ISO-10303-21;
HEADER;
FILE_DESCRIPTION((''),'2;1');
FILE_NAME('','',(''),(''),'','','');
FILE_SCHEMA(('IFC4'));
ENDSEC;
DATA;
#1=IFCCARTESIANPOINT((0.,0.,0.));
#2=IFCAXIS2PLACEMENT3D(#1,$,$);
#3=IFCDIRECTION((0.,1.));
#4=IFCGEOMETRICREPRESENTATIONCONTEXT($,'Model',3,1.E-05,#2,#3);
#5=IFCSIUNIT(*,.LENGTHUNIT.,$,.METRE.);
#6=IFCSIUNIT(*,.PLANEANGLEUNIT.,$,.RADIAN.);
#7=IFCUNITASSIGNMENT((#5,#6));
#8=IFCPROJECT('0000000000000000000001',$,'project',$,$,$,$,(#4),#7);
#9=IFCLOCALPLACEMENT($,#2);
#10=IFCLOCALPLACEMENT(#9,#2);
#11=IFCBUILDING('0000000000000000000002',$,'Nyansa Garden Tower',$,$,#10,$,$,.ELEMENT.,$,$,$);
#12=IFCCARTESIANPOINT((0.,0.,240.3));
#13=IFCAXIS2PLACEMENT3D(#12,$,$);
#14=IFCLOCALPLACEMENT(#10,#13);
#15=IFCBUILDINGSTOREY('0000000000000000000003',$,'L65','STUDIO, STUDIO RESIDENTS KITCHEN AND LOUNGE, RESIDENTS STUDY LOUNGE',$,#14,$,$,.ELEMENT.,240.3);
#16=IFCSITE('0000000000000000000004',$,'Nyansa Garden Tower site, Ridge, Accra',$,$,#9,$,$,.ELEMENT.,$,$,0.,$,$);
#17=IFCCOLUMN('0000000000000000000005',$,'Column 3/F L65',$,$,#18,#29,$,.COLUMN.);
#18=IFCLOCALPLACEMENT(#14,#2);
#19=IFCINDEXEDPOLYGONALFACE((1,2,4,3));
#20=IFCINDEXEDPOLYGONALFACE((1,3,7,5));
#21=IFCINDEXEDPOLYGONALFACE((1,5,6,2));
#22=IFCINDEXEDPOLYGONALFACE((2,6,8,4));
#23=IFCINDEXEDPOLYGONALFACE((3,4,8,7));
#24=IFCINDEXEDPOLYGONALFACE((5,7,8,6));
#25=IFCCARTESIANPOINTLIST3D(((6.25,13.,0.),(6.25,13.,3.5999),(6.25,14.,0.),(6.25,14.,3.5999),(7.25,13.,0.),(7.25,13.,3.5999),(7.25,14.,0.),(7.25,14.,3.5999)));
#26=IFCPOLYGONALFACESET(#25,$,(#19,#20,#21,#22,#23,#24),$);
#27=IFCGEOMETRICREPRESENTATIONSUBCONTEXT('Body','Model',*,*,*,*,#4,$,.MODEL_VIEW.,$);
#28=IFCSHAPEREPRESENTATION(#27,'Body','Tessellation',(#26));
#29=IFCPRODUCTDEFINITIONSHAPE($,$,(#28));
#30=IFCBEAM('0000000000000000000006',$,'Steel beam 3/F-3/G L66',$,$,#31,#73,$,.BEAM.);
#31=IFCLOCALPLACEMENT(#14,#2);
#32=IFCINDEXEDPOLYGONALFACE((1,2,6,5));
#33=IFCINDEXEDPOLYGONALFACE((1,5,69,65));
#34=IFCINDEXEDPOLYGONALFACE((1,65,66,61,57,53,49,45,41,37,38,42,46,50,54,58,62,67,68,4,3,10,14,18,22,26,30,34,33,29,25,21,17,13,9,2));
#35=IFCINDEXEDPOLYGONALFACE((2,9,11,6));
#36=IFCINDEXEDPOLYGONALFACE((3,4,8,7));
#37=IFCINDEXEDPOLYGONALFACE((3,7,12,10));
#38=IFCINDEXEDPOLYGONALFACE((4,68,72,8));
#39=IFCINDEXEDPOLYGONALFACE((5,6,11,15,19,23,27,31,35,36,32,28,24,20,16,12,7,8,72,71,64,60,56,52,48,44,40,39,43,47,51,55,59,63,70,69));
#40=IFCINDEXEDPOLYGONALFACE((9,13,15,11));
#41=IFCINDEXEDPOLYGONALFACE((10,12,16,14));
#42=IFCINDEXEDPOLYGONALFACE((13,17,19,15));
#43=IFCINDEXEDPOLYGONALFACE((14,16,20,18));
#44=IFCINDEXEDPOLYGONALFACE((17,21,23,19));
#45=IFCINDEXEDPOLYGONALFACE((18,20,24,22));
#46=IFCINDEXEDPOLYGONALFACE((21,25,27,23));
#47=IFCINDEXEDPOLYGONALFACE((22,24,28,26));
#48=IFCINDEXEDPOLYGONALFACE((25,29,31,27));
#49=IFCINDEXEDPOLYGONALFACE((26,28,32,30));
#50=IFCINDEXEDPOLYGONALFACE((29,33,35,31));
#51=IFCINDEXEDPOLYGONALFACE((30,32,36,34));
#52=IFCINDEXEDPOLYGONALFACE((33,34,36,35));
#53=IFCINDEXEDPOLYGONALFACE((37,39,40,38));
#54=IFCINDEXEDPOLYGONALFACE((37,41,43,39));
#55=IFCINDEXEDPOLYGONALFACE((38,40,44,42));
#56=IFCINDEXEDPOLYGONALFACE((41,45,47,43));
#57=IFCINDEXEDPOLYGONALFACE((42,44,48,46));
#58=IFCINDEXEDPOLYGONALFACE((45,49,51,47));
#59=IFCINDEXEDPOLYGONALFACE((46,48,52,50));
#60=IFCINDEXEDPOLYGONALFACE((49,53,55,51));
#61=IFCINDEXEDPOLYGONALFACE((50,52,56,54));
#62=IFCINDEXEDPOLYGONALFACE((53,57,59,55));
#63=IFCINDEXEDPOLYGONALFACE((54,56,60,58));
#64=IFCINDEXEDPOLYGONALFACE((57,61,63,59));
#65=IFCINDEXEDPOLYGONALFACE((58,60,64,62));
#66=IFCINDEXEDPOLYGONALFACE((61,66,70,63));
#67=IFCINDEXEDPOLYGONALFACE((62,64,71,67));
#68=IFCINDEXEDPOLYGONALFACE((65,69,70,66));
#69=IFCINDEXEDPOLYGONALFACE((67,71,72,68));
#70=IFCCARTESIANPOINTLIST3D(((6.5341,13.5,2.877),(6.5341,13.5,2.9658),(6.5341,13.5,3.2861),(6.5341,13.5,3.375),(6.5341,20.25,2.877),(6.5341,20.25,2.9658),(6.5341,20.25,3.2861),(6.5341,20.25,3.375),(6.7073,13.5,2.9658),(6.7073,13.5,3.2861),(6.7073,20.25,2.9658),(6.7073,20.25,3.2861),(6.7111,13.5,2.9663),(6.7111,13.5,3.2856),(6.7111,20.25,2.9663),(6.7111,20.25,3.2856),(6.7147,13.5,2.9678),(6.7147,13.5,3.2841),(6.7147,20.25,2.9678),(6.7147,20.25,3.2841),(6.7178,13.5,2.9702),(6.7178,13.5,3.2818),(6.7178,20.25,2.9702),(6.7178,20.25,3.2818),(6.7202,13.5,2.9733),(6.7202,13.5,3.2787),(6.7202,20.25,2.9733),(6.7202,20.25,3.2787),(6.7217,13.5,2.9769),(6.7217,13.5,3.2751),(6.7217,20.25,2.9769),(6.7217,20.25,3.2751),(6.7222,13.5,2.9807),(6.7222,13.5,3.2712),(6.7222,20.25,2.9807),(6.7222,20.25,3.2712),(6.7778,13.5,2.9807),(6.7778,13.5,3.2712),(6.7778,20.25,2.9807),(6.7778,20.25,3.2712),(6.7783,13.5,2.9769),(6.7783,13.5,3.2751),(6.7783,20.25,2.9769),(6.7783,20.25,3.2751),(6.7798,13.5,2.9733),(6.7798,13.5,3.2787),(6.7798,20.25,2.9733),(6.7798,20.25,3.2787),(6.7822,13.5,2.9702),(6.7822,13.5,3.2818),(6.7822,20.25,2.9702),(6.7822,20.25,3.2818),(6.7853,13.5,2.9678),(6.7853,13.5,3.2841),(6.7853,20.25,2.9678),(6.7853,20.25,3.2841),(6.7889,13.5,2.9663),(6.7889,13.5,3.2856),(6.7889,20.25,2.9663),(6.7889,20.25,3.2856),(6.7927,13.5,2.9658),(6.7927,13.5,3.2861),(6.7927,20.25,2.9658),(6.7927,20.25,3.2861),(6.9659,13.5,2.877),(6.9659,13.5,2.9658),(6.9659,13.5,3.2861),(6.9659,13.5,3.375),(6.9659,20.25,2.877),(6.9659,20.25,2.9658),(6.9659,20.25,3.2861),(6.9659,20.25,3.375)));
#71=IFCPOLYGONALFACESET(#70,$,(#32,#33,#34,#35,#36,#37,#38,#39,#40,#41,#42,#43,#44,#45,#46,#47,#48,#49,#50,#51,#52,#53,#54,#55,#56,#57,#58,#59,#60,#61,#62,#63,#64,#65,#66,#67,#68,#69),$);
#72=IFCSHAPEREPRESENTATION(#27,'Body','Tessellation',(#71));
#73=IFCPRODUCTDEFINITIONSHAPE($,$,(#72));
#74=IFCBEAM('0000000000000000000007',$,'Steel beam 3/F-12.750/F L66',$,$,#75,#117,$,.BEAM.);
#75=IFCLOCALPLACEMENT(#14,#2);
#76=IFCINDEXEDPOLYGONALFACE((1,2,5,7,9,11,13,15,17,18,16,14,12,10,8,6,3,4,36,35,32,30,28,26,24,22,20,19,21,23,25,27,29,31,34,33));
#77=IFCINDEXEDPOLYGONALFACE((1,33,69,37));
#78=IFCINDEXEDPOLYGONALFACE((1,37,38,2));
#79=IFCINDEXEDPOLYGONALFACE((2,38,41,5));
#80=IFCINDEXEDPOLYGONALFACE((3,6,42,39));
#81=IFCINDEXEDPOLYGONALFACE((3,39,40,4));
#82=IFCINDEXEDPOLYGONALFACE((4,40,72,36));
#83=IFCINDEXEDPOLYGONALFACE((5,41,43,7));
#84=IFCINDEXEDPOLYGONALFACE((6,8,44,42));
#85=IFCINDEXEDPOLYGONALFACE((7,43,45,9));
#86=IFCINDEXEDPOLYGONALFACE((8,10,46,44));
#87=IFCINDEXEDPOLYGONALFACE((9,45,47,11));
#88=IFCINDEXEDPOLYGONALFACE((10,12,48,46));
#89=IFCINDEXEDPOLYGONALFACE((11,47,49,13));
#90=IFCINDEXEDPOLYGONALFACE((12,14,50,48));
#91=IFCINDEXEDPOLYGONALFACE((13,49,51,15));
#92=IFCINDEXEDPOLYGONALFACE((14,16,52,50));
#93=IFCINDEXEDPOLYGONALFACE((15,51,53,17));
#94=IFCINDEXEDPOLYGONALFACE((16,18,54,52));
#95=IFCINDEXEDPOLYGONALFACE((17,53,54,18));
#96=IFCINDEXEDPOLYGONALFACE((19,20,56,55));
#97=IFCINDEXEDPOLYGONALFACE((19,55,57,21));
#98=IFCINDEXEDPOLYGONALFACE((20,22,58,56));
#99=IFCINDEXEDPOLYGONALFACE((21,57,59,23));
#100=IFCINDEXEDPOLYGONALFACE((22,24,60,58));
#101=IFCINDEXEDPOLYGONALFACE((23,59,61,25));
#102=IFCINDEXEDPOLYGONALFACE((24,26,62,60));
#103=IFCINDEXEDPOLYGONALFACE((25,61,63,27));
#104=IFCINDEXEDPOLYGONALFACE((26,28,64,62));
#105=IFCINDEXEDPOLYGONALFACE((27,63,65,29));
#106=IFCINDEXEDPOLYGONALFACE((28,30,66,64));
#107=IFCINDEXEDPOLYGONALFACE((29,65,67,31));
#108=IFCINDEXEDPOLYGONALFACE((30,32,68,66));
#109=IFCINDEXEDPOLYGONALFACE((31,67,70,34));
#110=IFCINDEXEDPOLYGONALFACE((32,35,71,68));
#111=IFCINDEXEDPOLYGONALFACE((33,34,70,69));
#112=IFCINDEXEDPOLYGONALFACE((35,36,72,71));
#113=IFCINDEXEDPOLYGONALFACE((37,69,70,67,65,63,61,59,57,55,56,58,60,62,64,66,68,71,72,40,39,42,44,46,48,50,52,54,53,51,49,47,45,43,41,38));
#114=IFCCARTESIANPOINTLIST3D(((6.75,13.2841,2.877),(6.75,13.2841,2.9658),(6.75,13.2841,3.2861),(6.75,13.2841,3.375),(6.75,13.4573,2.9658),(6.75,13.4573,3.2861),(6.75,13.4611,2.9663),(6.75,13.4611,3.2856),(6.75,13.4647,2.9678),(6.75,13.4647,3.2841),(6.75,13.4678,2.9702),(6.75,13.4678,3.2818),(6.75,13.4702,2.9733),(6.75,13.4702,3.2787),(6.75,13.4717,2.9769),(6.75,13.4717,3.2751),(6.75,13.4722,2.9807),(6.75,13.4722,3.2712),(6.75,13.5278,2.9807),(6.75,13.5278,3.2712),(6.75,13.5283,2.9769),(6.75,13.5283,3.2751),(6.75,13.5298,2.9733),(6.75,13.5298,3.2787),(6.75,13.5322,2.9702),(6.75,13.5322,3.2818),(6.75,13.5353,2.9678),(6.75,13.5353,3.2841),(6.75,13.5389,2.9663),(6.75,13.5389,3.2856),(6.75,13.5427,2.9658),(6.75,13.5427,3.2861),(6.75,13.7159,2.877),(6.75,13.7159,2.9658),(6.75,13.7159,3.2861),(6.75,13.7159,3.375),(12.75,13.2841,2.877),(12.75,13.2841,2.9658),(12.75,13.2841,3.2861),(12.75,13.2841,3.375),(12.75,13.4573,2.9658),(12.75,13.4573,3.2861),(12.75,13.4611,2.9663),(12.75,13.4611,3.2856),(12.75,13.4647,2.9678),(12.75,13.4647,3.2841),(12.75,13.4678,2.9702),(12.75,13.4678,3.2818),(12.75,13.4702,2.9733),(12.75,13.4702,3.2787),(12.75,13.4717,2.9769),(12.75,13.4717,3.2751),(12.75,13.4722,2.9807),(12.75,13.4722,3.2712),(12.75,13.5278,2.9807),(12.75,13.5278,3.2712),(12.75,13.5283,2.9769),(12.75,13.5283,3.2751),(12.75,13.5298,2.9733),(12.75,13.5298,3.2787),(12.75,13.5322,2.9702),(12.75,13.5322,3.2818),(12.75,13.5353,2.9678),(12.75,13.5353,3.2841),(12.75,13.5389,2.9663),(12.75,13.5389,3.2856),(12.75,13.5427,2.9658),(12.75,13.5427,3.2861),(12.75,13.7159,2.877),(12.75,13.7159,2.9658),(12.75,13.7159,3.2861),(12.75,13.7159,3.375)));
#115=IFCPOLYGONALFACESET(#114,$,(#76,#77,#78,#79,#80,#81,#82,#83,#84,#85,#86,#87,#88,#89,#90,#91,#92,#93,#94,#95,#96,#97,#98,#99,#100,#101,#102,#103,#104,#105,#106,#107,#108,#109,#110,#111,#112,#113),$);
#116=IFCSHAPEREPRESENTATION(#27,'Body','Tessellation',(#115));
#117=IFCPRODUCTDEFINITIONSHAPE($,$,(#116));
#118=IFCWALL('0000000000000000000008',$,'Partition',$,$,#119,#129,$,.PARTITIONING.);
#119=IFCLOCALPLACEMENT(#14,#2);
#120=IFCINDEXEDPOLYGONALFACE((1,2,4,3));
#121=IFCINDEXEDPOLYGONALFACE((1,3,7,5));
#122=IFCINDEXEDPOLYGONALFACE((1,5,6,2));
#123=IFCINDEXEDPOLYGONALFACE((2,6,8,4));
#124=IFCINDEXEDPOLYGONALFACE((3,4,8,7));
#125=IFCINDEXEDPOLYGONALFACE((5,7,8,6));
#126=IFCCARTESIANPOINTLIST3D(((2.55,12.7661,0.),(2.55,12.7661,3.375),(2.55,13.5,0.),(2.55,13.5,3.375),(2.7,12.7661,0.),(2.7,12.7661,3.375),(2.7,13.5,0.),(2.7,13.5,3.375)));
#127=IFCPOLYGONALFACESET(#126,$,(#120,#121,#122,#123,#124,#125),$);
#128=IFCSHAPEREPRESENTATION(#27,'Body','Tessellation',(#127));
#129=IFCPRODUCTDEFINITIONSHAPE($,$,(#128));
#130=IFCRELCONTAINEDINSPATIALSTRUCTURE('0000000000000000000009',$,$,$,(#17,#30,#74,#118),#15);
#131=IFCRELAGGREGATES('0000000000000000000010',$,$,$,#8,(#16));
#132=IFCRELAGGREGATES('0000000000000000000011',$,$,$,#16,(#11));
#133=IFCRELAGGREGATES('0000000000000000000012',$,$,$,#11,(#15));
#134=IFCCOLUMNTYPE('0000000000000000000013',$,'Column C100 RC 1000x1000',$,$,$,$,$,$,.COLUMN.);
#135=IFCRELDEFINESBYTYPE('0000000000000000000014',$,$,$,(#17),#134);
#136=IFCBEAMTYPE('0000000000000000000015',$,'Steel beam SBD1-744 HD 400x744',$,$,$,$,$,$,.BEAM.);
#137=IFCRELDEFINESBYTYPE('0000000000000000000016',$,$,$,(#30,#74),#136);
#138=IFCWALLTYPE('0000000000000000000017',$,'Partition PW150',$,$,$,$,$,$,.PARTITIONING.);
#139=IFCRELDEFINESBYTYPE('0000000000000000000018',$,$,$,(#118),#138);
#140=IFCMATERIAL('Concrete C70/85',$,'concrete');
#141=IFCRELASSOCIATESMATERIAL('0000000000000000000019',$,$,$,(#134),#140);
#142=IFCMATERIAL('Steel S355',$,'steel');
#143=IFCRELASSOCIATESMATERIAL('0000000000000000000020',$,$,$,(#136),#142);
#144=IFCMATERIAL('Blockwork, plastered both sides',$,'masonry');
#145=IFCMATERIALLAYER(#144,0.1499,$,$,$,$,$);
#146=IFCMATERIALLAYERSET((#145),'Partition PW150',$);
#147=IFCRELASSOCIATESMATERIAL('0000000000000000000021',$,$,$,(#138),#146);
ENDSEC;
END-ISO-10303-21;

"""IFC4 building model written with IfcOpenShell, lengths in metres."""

from ifc_helpers import new_model, si_unit, direction, frame, frame_2d, origin, origin_2d, place, context, subcontext, project, spatial, rectangle, i_section, extrude, material, layer, layer_set, material_profile, profile_set, type_object, element, save


model = new_model("IFC4")

# Units and contexts
model_context = context("Model", 3, precision=1e-05, world=origin(), true_north=direction((0.0, 1.0)))
body_context = subcontext(model_context, "Body", "Model", "MODEL_VIEW")
ifc_project = project(units=[si_unit("LENGTHUNIT", "METRE"), si_unit("PLANEANGLEUNIT", "RADIAN")], contexts=[model_context])

# Site, building, storey
site_placement = place(None, origin())
site = spatial("IfcSite", under=ifc_project, at=site_placement, Name="Nyansa Garden Tower site, Ridge, Accra", CompositionType="ELEMENT", RefElevation=0.0)
building_placement = place(site_placement, origin())
building = spatial("IfcBuilding", under=site, at=building_placement, Name="Nyansa Garden Tower", CompositionType="ELEMENT")
storey_placement = place(building_placement, frame((0.0, 0.0, 240.3)))
storey = spatial("IfcBuildingStorey", under=building, at=storey_placement, Name="L65", Description="STUDIO, STUDIO RESIDENTS KITCHEN AND LOUNGE, RESIDENTS STUDY LOUNGE", CompositionType="ELEMENT", Elevation=240.3)

# Column
ifc_material_1 = material(Name="Concrete C70/85", Category="concrete")
ifc_material_profile_1 = material_profile(ifc_material_1, rectangle(XDim=1.0, YDim=1.0, at=origin_2d()), Name="RC 1000x1000")
ifc_profile_set_1 = profile_set([ifc_material_profile_1], Name="Concrete C70/85")
column_type = type_object("IfcColumnType", Name="Column C100 RC 1000x1000", PredefinedType="COLUMN", material=ifc_profile_set_1)
column_placement = place(storey_placement, frame((6.75, 13.5, 0.0), z_axis=(0.0, 0.0, 1.0), x_axis=(1.0, 0.0, 0.0)))
element("IfcColumn", 1, at=column_placement, inside=storey, type_object=column_type, Name="Column 3/F L65", PredefinedType="COLUMN", context=body_context, shape_type="SweptSolid", body=[
    extrude(rectangle(XDim=1.0, YDim=1.0, at=origin_2d()), origin(), (0.0, 0.0, 1.0), 3.5999),
])

# Beams
ifc_material_2 = material(Name="Steel S355", Category="steel")
ifc_material_profile_2 = material_profile(ifc_material_2, i_section(OverallWidth=0.4319, OverallDepth=0.498, WebThickness=0.0557, FlangeThickness=0.0889, FilletRadius=0.0149, at=origin_2d()), Name="HD 400x744")
ifc_profile_set_2 = profile_set([ifc_material_profile_2], Name="Steel S355")
beam_type = type_object("IfcBeamType", Name="Steel beam SBD1-744 HD 400x744", PredefinedType="BEAM", material=ifc_profile_set_2)
beam_1_placement = place(storey_placement, frame((6.75, 13.5, 3.126), z_axis=(0.0, 1.0, 0.0), x_axis=(-1.0, 0.0, 0.0)))
element("IfcBeam", 2, at=beam_1_placement, inside=storey, type_object=beam_type, Name="Steel beam 3/F-3/G L66", PredefinedType="BEAM", context=body_context, shape_type="SweptSolid", body=[
    extrude(i_section(OverallWidth=0.4319, OverallDepth=0.498, WebThickness=0.0557, FlangeThickness=0.0889, FilletRadius=0.0149, at=origin_2d()), origin(), (0.0, 0.0, 1.0), 6.75),
])
beam_2_placement = place(storey_placement, frame((6.75, 13.5, 3.126), z_axis=(1.0, 0.0, 0.0), x_axis=(0.0, 1.0, 0.0)))
element("IfcBeam", 3, at=beam_2_placement, inside=storey, type_object=beam_type, Name="Steel beam 3/F-12.750/F L66", PredefinedType="BEAM", context=body_context, shape_type="SweptSolid", body=[
    extrude(i_section(OverallWidth=0.4319, OverallDepth=0.498, WebThickness=0.0557, FlangeThickness=0.0889, FilletRadius=0.0149, at=origin_2d()), origin(), (0.0, 0.0, 1.0), 6.0),
])

# Wall
ifc_material_3 = material(Name="Blockwork, plastered both sides", Category="masonry")
ifc_layer = layer(ifc_material_3, 0.1499)
ifc_layer_set = layer_set([ifc_layer], Name="Partition PW150")
wall_type = type_object("IfcWallType", Name="Partition PW150", PredefinedType="PARTITIONING", material=ifc_layer_set)
wall_1_placement = place(storey_placement, frame((2.625, 12.7661, 0.0), z_axis=(0.0, 0.0, 1.0), x_axis=(0.0, 1.0, 0.0)))
element("IfcWall", 4, at=wall_1_placement, inside=storey, type_object=wall_type, Name="Partition", PredefinedType="PARTITIONING", context=body_context, shape_type="SweptSolid", body=[
    extrude(rectangle(XDim=0.7339, YDim=0.1499, at=frame_2d((0.3669, 0.0))), origin(), (0.0, 0.0, 1.0), 3.375),
])

save(model, "model.ifc")
